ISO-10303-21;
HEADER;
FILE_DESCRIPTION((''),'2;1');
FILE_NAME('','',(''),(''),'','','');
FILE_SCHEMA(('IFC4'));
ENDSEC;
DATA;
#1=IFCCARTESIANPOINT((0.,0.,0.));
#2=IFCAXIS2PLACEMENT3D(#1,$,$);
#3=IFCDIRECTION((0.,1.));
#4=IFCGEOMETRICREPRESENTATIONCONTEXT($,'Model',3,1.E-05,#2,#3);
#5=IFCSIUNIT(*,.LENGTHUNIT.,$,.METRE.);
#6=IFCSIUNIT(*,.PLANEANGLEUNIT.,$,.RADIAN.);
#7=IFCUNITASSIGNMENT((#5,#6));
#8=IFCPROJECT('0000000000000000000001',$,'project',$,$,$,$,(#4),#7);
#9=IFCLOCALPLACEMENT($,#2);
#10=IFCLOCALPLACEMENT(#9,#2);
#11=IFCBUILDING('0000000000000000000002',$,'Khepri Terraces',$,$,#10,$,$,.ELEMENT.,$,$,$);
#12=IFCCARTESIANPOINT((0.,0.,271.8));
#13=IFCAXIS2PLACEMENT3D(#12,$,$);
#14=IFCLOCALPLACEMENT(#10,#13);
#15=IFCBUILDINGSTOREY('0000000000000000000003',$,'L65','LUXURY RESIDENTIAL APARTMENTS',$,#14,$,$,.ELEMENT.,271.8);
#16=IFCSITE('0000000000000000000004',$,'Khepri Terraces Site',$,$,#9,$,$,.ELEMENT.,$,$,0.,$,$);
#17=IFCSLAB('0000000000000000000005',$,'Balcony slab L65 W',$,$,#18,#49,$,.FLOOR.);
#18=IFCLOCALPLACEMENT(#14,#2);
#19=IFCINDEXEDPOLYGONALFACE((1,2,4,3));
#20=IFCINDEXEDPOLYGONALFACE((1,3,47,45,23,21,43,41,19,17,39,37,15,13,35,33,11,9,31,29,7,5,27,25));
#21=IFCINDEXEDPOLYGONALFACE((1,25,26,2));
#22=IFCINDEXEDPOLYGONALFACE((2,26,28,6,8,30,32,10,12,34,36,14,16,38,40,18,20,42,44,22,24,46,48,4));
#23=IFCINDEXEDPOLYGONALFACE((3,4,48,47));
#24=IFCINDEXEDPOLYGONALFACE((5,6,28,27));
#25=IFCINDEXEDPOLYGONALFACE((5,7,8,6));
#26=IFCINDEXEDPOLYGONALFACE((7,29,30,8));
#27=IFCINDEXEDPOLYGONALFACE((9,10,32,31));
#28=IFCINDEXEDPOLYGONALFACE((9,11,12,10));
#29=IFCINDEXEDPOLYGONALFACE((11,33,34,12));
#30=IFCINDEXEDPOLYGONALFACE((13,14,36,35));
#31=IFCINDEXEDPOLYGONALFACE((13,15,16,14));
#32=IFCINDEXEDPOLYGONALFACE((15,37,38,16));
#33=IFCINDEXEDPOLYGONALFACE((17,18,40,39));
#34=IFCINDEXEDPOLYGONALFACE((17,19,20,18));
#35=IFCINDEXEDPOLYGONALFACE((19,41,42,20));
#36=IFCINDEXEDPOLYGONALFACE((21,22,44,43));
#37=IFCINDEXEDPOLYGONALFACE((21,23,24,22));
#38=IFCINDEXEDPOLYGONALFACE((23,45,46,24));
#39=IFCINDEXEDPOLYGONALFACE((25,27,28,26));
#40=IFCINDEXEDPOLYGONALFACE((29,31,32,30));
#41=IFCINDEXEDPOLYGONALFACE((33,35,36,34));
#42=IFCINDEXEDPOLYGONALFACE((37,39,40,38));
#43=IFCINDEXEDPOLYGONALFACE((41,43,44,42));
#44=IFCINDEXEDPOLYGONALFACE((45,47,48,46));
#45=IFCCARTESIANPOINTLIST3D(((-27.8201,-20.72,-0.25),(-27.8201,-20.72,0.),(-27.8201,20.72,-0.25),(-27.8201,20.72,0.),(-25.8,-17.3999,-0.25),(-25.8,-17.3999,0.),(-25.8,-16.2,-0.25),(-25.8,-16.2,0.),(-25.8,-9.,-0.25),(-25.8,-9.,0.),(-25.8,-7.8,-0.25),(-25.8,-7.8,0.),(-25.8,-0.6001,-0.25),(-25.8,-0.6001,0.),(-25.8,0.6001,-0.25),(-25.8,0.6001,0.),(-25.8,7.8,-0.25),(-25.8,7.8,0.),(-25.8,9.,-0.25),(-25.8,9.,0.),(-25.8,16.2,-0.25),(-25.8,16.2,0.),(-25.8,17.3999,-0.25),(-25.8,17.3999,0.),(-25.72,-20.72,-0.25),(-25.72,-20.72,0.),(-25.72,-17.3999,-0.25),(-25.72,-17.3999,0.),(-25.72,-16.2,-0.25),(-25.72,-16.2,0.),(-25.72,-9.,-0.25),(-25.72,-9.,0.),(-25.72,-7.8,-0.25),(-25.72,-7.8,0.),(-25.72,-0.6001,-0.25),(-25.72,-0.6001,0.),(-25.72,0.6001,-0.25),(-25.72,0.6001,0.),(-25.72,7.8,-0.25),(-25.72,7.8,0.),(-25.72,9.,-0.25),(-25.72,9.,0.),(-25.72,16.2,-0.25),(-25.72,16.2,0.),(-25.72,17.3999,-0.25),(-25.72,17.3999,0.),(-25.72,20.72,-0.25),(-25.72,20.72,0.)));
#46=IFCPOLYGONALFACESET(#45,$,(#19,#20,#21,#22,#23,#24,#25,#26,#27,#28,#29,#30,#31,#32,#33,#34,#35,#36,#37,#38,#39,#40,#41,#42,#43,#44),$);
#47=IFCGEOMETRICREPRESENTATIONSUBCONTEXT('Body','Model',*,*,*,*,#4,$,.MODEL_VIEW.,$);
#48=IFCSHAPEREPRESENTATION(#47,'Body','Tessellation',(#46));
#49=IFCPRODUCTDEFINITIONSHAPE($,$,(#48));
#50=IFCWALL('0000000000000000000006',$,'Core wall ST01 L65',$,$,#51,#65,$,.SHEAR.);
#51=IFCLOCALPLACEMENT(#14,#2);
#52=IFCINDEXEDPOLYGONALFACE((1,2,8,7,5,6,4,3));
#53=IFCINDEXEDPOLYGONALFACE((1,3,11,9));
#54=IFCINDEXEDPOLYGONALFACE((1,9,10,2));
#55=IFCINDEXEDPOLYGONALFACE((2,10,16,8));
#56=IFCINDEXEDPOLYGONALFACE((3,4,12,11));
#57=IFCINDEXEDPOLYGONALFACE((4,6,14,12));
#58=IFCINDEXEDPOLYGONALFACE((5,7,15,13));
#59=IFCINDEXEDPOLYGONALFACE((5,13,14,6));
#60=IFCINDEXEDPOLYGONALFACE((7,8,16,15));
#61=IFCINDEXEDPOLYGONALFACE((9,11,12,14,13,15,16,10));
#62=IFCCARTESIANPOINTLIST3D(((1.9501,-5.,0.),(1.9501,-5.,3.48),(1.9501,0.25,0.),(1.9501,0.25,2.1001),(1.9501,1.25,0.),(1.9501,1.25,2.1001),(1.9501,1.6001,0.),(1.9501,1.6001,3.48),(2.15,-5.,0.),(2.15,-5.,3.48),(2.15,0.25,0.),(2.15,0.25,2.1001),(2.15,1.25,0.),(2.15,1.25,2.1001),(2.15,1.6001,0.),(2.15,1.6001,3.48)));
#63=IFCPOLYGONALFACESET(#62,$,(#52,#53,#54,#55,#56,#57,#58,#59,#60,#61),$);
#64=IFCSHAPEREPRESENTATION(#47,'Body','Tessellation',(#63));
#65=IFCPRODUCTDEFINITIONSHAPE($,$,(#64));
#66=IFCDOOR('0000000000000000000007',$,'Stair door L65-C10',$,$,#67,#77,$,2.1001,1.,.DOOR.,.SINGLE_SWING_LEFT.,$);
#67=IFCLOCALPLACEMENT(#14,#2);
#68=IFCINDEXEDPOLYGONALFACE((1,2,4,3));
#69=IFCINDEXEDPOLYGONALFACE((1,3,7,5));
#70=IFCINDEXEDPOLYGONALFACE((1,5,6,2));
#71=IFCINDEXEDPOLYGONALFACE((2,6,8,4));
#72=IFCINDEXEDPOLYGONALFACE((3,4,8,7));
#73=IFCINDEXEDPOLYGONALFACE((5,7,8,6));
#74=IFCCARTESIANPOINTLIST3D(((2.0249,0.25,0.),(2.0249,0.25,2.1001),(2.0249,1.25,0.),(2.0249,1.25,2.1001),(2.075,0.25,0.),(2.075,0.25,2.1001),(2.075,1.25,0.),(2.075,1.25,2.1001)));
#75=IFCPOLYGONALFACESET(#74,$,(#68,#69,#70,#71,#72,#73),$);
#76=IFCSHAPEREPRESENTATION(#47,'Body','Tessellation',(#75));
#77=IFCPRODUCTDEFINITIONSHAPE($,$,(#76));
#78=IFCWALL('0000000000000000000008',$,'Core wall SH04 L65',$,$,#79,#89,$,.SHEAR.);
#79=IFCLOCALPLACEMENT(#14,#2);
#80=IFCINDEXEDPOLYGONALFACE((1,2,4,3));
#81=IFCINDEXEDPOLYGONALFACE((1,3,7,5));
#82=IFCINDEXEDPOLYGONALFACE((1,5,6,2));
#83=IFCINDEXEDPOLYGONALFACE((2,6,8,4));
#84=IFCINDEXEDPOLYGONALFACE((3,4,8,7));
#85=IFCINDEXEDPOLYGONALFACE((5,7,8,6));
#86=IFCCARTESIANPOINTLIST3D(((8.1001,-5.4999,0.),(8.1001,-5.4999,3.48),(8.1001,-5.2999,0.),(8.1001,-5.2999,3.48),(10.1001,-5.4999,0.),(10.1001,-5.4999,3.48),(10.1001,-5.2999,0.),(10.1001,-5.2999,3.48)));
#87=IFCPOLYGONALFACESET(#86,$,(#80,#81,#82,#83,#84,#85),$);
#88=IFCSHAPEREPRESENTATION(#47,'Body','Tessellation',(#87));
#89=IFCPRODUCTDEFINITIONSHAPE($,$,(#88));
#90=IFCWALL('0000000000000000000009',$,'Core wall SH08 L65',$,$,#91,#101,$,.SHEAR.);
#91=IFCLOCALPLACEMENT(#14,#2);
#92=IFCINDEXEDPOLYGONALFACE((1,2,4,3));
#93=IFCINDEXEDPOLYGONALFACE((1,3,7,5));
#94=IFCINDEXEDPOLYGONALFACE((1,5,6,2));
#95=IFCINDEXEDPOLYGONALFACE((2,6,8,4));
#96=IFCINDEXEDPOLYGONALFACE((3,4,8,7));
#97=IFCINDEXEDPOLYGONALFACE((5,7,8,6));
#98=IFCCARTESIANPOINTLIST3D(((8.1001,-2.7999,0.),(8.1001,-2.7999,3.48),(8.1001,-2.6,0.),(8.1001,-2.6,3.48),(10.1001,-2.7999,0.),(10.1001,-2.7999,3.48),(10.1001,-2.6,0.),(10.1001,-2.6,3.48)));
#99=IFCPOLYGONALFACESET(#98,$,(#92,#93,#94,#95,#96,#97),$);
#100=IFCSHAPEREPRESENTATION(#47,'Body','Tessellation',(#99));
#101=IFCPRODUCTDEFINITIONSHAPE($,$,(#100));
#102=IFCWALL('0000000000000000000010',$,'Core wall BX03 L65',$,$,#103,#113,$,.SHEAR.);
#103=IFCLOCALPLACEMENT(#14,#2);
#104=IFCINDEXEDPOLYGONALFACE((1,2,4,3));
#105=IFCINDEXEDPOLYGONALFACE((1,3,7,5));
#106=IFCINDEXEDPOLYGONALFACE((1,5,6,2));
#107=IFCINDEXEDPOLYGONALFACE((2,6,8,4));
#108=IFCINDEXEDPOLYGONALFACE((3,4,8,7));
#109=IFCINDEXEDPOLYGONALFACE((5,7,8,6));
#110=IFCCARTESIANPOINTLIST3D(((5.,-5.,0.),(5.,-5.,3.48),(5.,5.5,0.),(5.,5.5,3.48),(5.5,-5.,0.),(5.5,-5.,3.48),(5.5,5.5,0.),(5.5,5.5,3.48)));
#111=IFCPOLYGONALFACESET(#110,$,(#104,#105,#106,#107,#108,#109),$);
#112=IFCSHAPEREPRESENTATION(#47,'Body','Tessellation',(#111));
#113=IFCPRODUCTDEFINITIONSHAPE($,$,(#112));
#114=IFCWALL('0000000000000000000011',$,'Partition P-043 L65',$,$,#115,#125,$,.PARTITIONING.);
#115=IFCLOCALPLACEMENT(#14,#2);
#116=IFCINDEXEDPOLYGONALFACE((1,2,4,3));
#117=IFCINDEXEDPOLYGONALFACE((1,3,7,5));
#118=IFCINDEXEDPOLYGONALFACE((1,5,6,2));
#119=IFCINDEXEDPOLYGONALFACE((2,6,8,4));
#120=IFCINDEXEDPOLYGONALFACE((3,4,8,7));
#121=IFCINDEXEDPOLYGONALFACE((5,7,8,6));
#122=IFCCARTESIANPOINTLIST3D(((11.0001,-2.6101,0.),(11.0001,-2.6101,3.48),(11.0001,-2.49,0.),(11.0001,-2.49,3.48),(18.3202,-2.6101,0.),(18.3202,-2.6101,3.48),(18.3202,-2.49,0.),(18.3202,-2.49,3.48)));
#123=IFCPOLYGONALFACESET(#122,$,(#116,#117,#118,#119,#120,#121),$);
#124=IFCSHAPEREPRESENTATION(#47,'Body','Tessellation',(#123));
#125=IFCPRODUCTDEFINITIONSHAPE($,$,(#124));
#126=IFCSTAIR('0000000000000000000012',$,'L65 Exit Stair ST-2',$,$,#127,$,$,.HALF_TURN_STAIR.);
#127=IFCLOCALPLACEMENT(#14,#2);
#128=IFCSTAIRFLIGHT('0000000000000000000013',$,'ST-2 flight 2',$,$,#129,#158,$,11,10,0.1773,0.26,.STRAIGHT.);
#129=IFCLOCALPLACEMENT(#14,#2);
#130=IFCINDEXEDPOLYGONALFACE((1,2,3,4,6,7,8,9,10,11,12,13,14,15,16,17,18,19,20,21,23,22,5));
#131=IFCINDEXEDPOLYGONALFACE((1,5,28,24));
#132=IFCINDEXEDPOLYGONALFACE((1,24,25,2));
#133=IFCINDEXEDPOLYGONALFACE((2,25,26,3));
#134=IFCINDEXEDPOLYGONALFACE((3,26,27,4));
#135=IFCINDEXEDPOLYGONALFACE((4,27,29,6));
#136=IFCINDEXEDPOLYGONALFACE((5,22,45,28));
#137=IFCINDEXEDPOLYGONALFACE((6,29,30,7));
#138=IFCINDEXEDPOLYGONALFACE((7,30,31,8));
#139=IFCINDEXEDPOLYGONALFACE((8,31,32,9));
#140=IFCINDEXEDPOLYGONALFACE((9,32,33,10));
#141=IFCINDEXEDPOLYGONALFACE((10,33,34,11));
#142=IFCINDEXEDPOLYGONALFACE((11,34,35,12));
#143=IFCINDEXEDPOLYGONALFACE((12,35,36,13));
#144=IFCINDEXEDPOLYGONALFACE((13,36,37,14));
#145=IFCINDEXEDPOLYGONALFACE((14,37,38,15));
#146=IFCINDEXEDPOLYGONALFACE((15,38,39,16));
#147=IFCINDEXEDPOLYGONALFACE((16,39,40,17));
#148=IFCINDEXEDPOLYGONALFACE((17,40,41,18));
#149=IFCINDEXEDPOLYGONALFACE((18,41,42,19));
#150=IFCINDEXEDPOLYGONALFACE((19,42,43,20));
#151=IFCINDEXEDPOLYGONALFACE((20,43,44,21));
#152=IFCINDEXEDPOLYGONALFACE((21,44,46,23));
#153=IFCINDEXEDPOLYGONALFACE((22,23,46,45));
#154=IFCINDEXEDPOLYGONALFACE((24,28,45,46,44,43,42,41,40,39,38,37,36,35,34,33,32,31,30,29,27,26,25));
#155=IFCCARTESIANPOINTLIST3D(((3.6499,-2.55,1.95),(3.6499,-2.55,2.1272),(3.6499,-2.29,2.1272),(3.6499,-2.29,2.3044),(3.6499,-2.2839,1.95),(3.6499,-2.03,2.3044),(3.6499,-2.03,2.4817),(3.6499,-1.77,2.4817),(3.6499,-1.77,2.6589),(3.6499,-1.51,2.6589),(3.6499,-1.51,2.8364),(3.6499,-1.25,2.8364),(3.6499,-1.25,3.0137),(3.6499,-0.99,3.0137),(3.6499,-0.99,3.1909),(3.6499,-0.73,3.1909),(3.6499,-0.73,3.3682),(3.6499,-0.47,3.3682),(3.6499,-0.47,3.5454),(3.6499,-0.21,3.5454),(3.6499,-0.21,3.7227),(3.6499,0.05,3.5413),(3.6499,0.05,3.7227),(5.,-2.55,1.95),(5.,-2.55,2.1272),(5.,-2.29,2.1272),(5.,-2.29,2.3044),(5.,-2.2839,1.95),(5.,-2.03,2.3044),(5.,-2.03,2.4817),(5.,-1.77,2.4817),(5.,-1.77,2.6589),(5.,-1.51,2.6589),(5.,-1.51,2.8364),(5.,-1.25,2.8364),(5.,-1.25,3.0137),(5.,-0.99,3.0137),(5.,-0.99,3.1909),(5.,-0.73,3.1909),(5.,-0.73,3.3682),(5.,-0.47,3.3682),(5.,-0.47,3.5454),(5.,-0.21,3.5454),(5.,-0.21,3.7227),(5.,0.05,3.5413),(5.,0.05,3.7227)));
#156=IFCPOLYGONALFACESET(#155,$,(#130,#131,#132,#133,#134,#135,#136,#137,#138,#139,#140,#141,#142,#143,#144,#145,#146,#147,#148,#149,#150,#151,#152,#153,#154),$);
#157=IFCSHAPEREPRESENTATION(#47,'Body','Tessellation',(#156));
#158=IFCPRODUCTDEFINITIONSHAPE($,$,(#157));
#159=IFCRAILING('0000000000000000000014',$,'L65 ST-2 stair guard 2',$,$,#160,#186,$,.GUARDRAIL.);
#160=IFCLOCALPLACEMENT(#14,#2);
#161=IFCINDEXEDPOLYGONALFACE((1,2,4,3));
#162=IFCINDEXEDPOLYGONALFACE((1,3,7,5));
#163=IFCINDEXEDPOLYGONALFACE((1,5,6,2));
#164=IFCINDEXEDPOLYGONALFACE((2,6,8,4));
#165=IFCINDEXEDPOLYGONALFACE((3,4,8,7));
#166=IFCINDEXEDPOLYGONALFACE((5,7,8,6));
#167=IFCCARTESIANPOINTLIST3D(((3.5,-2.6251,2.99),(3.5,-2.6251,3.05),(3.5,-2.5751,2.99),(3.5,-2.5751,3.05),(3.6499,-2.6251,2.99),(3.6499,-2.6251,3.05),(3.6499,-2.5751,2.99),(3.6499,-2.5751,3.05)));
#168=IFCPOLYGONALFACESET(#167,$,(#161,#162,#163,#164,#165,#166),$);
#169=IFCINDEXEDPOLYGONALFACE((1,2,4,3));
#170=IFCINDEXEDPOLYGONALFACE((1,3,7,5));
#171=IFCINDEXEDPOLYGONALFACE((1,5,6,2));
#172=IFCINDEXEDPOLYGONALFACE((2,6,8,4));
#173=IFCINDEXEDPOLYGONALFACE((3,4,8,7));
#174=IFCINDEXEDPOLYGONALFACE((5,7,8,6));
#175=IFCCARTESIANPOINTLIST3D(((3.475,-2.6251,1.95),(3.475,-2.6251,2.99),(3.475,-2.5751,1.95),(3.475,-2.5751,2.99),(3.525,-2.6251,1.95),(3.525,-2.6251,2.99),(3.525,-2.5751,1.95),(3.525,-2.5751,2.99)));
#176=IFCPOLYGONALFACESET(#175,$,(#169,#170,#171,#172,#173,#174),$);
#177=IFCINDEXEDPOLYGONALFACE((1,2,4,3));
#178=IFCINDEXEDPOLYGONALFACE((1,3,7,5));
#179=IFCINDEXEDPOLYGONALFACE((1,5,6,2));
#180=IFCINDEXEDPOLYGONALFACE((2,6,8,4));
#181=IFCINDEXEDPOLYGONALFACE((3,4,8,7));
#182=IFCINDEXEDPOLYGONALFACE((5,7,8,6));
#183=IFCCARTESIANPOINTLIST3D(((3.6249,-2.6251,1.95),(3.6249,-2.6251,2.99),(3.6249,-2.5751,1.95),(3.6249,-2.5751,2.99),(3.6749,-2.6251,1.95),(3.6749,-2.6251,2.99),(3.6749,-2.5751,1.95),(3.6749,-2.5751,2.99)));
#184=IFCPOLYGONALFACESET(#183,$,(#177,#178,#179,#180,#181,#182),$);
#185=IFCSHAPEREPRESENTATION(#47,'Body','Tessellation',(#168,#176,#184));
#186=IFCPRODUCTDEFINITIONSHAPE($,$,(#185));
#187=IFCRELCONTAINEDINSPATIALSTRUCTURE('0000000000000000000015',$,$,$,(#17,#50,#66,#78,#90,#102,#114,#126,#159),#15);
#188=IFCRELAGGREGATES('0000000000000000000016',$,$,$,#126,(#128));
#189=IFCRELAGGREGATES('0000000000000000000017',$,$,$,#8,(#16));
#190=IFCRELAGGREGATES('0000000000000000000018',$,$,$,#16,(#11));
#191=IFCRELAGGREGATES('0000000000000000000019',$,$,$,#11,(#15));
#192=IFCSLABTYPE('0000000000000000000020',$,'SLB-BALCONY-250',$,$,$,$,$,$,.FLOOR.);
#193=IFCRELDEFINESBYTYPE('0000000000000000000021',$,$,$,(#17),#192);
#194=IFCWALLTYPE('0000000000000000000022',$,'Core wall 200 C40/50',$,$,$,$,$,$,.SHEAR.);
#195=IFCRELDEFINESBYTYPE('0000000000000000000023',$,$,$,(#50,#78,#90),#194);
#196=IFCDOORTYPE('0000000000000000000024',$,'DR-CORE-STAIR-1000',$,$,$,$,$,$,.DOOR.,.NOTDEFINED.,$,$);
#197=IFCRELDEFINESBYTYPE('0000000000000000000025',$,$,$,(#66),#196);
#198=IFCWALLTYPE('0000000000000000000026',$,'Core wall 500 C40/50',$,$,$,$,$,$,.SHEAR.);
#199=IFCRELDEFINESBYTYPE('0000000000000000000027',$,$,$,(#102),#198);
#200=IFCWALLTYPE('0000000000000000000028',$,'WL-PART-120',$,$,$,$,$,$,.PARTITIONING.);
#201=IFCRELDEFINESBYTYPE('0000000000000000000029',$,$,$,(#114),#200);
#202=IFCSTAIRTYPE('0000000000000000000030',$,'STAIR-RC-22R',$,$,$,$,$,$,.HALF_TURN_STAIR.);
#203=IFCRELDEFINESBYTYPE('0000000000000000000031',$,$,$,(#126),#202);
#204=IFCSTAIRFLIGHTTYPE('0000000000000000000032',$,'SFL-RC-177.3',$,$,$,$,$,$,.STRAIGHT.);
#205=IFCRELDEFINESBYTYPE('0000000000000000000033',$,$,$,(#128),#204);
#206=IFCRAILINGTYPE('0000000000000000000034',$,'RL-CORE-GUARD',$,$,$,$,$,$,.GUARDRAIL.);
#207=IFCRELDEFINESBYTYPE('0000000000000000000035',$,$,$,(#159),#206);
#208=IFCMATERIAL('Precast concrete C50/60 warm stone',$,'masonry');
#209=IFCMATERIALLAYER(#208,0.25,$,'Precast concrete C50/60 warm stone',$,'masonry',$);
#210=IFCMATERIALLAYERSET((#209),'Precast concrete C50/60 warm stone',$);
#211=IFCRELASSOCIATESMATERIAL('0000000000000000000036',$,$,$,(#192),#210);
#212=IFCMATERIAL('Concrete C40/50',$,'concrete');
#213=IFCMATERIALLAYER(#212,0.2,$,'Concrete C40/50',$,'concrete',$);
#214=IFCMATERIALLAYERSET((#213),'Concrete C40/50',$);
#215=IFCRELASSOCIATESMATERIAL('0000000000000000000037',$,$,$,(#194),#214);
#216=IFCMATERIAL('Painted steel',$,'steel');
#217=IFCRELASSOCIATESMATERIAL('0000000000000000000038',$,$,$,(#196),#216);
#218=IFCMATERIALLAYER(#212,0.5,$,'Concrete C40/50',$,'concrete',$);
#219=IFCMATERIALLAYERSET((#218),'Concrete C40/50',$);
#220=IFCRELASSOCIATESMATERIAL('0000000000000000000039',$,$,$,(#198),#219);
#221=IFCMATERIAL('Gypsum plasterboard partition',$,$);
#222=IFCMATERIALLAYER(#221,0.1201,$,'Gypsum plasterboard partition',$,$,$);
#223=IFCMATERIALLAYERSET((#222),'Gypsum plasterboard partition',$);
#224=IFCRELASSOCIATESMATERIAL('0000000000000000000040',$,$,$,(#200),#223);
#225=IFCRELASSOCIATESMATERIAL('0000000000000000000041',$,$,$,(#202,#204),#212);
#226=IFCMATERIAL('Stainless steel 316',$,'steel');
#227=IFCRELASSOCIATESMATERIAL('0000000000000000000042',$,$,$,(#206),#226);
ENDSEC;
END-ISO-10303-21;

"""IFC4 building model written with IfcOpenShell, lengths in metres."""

from ifc_helpers import new_model, si_unit, direction, frame, frame_2d, origin, origin_2d, place, context, subcontext, project, spatial, polyline, rectangle, outline, extrude, material, layer, layer_set, type_object, element, fill, aggregate, save


model = new_model("IFC4")

# Units and contexts
model_context = context("Model", 3, precision=1e-05, world=origin(), true_north=direction((0.0, 1.0)))
body_context = subcontext(model_context, "Body", "Model", "MODEL_VIEW")
ifc_project = project(units=[si_unit("LENGTHUNIT", "METRE"), si_unit("PLANEANGLEUNIT", "RADIAN")], contexts=[model_context])

# Site, building, storey
site_placement = place(None, origin())
site = spatial("IfcSite", under=ifc_project, at=site_placement, Name="Khepri Terraces Site", CompositionType="ELEMENT", RefElevation=0.0)
building_placement = place(site_placement, origin())
building = spatial("IfcBuilding", under=site, at=building_placement, Name="Khepri Terraces", CompositionType="ELEMENT")
storey_placement = place(building_placement, frame((0.0, 0.0, 271.8)))
storey = spatial("IfcBuildingStorey", under=building, at=storey_placement, Name="L65", Description="LUXURY RESIDENTIAL APARTMENTS", CompositionType="ELEMENT", Elevation=271.8)

# Slab
ifc_material_1 = material(Name="Concrete C40/50", Category="concrete")
ifc_material_2 = material(Name="Precast concrete C50/60 warm stone", Category="masonry")
ifc_layer_1 = layer(ifc_material_2, 0.25, Name="Precast concrete C50/60 warm stone", Category="masonry")
ifc_layer_set_1 = layer_set([ifc_layer_1], Name="Precast concrete C50/60 warm stone")
slab_type_1 = type_object("IfcSlabType", Name="SLB-BALCONY-250", PredefinedType="FLOOR", material=ifc_layer_set_1)
slab_1_placement = place(storey_placement, frame((0.0, 0.0, -0.25)))
element("IfcSlab", 1, at=slab_1_placement, inside=storey, type_object=slab_type_1, Name="Balcony slab L65 W", PredefinedType="FLOOR", context=body_context, shape_type="SweptSolid", body=[
    extrude(outline(polyline([(-25.72, 17.3999), (-25.72, 20.72), (-27.8201, 20.72), (-27.8201, -20.72), (-25.72, -20.72), (-25.72, -17.3999), (-25.8, -17.3999), (-25.8, -16.2), (-25.72, -16.2), (-25.72, -9.0), (-25.8, -9.0), (-25.8, -7.8), (-25.72, -7.8), (-25.72, -0.6001), (-25.8, -0.6001), (-25.8, 0.6001), (-25.72, 0.6001), (-25.72, 7.8), (-25.8, 7.8), (-25.8, 9.0), (-25.72, 9.0), (-25.72, 16.2), (-25.8, 16.2), (-25.8, 17.3999), (-25.72, 17.3999)])), origin(), (0.0, 0.0, 1.0), 0.25),
])

# Wall, opening, door
ifc_layer_2 = layer(ifc_material_1, 0.2, Name="Concrete C40/50", Category="concrete")
ifc_layer_set_2 = layer_set([ifc_layer_2], Name="Concrete C40/50")
wall_type_1 = type_object("IfcWallType", Name="Core wall 200 C40/50", PredefinedType="SHEAR", material=ifc_layer_set_2)
wall_1_placement = place(storey_placement, frame((2.05, -5.0, 0.0), z_axis=(0.0, 0.0, 1.0), x_axis=(0.0, 1.0, 0.0)))
wall_1 = element("IfcWall", 2, at=wall_1_placement, inside=storey, type_object=wall_type_1, Name="Core wall ST01 L65", PredefinedType="SHEAR", context=body_context, shape_type="SweptSolid", body=[
    extrude(rectangle(XDim=6.6001, YDim=0.2, at=frame_2d((3.3, 0.0))), origin(), (0.0, 0.0, 1.0), 3.48),
])
opening_placement = place(wall_1_placement, frame((5.25, 0.0, 0.0)))
opening = element("IfcOpeningElement", 3, at=opening_placement, cuts=wall_1, PredefinedType="OPENING", context=body_context, shape_type="SweptSolid", body=[
    extrude(rectangle(XDim=1.0, YDim=2.1001, at=frame_2d((0.5, 1.05))), frame((0.0, 0.1099, 0.0), z_axis=(0.0, -1.0, 0.0), x_axis=(1.0, 0.0, 0.0)), (0.0, 0.0, 1.0), 0.22),
])
ifc_material_3 = material(Name="Painted steel", Category="steel")
door_type = type_object("IfcDoorType", Name="DR-CORE-STAIR-1000", OperationType="NOTDEFINED", PredefinedType="DOOR", material=ifc_material_3)
door_placement = place(opening_placement, frame((1.0, 0.0, 0.0), z_axis=(0.0, 0.0, 1.0), x_axis=(-1.0, 0.0, 0.0)))
door = element("IfcDoor", 4, at=door_placement, inside=storey, type_object=door_type, Name="Stair door L65-C10", OperationType="SINGLE_SWING_LEFT", OverallHeight=2.1001, OverallWidth=1.0, PredefinedType="DOOR", context=body_context, shape_type="SweptSolid", body=[
    extrude(rectangle(XDim=1.0, YDim=2.1001, at=frame_2d((0.5, 1.05))), frame((0.0, 0.0249, 0.0), z_axis=(0.0, -1.0, 0.0), x_axis=(1.0, 0.0, 0.0)), (0.0, 0.0, 1.0), 0.05),
])
fill(opening, door)

# Walls
for number, where, z_axis, x_axis, name in (
    (5, (8.1001, -5.3999, 0.0), (0.0, 0.0, 1.0), (1.0, 0.0, 0.0), "Core wall SH04 L65"),
    (6, (8.1001, -2.7, 0.0), (0.0, 0.0, 1.0), (1.0, 0.0, 0.0), "Core wall SH08 L65"),
):
    element("IfcWall", number, at=place(storey_placement, frame(where, z_axis=z_axis, x_axis=x_axis)), inside=storey, type_object=wall_type_1, Name=name, PredefinedType="SHEAR", context=body_context, shape_type="SweptSolid", body=[
        extrude(rectangle(XDim=2.0, YDim=0.2, at=frame_2d((1.0, 0.0))), origin(), (0.0, 0.0, 1.0), 3.48),
    ])
ifc_layer_3 = layer(ifc_material_1, 0.5, Name="Concrete C40/50", Category="concrete")
ifc_layer_set_3 = layer_set([ifc_layer_3], Name="Concrete C40/50")
wall_type_2 = type_object("IfcWallType", Name="Core wall 500 C40/50", PredefinedType="SHEAR", material=ifc_layer_set_3)
wall_2_placement = place(storey_placement, frame((5.25, -5.0, 0.0), z_axis=(0.0, 0.0, 1.0), x_axis=(0.0, 1.0, 0.0)))
element("IfcWall", 7, at=wall_2_placement, inside=storey, type_object=wall_type_2, Name="Core wall BX03 L65", PredefinedType="SHEAR", context=body_context, shape_type="SweptSolid", body=[
    extrude(rectangle(XDim=10.5, YDim=0.5, at=frame_2d((5.25, 0.0))), origin(), (0.0, 0.0, 1.0), 3.48),
])
ifc_material_4 = material(Name="Gypsum plasterboard partition")
ifc_layer_4 = layer(ifc_material_4, 0.1201, Name="Gypsum plasterboard partition")
ifc_layer_set_4 = layer_set([ifc_layer_4], Name="Gypsum plasterboard partition")
wall_type_3 = type_object("IfcWallType", Name="WL-PART-120", PredefinedType="PARTITIONING", material=ifc_layer_set_4)
wall_3_placement = place(storey_placement, frame((11.0, -2.55, 0.0), z_axis=(0.0, 0.0, 1.0), x_axis=(1.0, 0.0, 0.0)))
element("IfcWall", 8, at=wall_3_placement, inside=storey, type_object=wall_type_3, Name="Partition P-043 L65", PredefinedType="PARTITIONING", context=body_context, shape_type="SweptSolid", body=[
    extrude(rectangle(XDim=7.3201, YDim=0.1201, at=frame_2d((3.6602, 0.0))), origin(), (0.0, 0.0, 1.0), 3.48),
])

# Stair, stair flight
stair_type = type_object("IfcStairType", Name="STAIR-RC-22R", PredefinedType="HALF_TURN_STAIR", material=ifc_material_1)
stair_placement = place(storey_placement, origin())
stair = element("IfcStair", 9, at=stair_placement, inside=storey, type_object=stair_type, Name="L65 Exit Stair ST-2", PredefinedType="HALF_TURN_STAIR")
stair_flight_type = type_object("IfcStairFlightType", Name="SFL-RC-177.3", PredefinedType="STRAIGHT", material=ifc_material_1)
stair_flight_placement = place(storey_placement, frame((4.325, -2.55, 1.95), z_axis=(0.0, 0.0, 1.0), x_axis=(0.0, 1.0, 0.0)))
stair_flight = element("IfcStairFlight", 10, at=stair_flight_placement, type_object=stair_flight_type, Name="ST-2 flight 2", NumberOfRisers=11, NumberOfTreads=10, PredefinedType="STRAIGHT", RiserHeight=0.1773, TreadLength=0.26, context=body_context, shape_type="SweptSolid", body=[
    extrude(outline(polyline([(0.0, 0.0), (0.0, 0.1772), (0.26, 0.1772), (0.26, 0.3545), (0.52, 0.3545), (0.52, 0.5317), (0.78, 0.5317), (0.78, 0.709), (1.04, 0.709), (1.04, 0.8865), (1.3, 0.8865), (1.3, 1.0637), (1.5601, 1.0637), (1.5601, 1.241), (1.8201, 1.241), (1.8201, 1.4182), (2.0801, 1.4182), (2.0801, 1.5955), (2.3401, 1.5955), (2.3401, 1.7727), (2.6001, 1.7727), (2.6001, 1.95), (2.6001, 1.5913), (0.2661, 0.0), (0.0, 0.0)])), frame((0.0, 0.675, 0.0), z_axis=(0.0, -1.0, 0.0), x_axis=(1.0, 0.0, 0.0)), (0.0, 0.0, 1.0), 1.3501),
])
aggregate(stair, [stair_flight])

# Railing
ifc_material_5 = material(Name="Stainless steel 316", Category="steel")
railing_type_1 = type_object("IfcRailingType", Name="RL-CORE-GUARD", PredefinedType="GUARDRAIL", material=ifc_material_5)
railing_1_placement = place(storey_placement, frame((3.5, -2.6001, 1.95)))
element("IfcRailing", 11, at=railing_1_placement, inside=storey, type_object=railing_type_1, Name="L65 ST-2 stair guard 2", PredefinedType="GUARDRAIL", context=body_context, shape_type="SweptSolid", body=[
    extrude(rectangle(XDim=0.05, YDim=0.0601, at=origin_2d()), frame((0.0, 0.0, 1.0701), z_axis=(1.0, 0.0, 0.0), x_axis=(0.0, 1.0, 0.0)), (0.0, 0.0, 1.0), 0.1499),
    extrude(rectangle(XDim=0.05, YDim=0.05, at=origin_2d()), origin(), (0.0, 0.0, 1.0), 1.04),
    extrude(rectangle(XDim=0.05, YDim=0.05, at=origin_2d()), frame((0.1499, 0.0, 0.0)), (0.0, 0.0, 1.0), 1.04),
])

save(model, "model.ifc")
